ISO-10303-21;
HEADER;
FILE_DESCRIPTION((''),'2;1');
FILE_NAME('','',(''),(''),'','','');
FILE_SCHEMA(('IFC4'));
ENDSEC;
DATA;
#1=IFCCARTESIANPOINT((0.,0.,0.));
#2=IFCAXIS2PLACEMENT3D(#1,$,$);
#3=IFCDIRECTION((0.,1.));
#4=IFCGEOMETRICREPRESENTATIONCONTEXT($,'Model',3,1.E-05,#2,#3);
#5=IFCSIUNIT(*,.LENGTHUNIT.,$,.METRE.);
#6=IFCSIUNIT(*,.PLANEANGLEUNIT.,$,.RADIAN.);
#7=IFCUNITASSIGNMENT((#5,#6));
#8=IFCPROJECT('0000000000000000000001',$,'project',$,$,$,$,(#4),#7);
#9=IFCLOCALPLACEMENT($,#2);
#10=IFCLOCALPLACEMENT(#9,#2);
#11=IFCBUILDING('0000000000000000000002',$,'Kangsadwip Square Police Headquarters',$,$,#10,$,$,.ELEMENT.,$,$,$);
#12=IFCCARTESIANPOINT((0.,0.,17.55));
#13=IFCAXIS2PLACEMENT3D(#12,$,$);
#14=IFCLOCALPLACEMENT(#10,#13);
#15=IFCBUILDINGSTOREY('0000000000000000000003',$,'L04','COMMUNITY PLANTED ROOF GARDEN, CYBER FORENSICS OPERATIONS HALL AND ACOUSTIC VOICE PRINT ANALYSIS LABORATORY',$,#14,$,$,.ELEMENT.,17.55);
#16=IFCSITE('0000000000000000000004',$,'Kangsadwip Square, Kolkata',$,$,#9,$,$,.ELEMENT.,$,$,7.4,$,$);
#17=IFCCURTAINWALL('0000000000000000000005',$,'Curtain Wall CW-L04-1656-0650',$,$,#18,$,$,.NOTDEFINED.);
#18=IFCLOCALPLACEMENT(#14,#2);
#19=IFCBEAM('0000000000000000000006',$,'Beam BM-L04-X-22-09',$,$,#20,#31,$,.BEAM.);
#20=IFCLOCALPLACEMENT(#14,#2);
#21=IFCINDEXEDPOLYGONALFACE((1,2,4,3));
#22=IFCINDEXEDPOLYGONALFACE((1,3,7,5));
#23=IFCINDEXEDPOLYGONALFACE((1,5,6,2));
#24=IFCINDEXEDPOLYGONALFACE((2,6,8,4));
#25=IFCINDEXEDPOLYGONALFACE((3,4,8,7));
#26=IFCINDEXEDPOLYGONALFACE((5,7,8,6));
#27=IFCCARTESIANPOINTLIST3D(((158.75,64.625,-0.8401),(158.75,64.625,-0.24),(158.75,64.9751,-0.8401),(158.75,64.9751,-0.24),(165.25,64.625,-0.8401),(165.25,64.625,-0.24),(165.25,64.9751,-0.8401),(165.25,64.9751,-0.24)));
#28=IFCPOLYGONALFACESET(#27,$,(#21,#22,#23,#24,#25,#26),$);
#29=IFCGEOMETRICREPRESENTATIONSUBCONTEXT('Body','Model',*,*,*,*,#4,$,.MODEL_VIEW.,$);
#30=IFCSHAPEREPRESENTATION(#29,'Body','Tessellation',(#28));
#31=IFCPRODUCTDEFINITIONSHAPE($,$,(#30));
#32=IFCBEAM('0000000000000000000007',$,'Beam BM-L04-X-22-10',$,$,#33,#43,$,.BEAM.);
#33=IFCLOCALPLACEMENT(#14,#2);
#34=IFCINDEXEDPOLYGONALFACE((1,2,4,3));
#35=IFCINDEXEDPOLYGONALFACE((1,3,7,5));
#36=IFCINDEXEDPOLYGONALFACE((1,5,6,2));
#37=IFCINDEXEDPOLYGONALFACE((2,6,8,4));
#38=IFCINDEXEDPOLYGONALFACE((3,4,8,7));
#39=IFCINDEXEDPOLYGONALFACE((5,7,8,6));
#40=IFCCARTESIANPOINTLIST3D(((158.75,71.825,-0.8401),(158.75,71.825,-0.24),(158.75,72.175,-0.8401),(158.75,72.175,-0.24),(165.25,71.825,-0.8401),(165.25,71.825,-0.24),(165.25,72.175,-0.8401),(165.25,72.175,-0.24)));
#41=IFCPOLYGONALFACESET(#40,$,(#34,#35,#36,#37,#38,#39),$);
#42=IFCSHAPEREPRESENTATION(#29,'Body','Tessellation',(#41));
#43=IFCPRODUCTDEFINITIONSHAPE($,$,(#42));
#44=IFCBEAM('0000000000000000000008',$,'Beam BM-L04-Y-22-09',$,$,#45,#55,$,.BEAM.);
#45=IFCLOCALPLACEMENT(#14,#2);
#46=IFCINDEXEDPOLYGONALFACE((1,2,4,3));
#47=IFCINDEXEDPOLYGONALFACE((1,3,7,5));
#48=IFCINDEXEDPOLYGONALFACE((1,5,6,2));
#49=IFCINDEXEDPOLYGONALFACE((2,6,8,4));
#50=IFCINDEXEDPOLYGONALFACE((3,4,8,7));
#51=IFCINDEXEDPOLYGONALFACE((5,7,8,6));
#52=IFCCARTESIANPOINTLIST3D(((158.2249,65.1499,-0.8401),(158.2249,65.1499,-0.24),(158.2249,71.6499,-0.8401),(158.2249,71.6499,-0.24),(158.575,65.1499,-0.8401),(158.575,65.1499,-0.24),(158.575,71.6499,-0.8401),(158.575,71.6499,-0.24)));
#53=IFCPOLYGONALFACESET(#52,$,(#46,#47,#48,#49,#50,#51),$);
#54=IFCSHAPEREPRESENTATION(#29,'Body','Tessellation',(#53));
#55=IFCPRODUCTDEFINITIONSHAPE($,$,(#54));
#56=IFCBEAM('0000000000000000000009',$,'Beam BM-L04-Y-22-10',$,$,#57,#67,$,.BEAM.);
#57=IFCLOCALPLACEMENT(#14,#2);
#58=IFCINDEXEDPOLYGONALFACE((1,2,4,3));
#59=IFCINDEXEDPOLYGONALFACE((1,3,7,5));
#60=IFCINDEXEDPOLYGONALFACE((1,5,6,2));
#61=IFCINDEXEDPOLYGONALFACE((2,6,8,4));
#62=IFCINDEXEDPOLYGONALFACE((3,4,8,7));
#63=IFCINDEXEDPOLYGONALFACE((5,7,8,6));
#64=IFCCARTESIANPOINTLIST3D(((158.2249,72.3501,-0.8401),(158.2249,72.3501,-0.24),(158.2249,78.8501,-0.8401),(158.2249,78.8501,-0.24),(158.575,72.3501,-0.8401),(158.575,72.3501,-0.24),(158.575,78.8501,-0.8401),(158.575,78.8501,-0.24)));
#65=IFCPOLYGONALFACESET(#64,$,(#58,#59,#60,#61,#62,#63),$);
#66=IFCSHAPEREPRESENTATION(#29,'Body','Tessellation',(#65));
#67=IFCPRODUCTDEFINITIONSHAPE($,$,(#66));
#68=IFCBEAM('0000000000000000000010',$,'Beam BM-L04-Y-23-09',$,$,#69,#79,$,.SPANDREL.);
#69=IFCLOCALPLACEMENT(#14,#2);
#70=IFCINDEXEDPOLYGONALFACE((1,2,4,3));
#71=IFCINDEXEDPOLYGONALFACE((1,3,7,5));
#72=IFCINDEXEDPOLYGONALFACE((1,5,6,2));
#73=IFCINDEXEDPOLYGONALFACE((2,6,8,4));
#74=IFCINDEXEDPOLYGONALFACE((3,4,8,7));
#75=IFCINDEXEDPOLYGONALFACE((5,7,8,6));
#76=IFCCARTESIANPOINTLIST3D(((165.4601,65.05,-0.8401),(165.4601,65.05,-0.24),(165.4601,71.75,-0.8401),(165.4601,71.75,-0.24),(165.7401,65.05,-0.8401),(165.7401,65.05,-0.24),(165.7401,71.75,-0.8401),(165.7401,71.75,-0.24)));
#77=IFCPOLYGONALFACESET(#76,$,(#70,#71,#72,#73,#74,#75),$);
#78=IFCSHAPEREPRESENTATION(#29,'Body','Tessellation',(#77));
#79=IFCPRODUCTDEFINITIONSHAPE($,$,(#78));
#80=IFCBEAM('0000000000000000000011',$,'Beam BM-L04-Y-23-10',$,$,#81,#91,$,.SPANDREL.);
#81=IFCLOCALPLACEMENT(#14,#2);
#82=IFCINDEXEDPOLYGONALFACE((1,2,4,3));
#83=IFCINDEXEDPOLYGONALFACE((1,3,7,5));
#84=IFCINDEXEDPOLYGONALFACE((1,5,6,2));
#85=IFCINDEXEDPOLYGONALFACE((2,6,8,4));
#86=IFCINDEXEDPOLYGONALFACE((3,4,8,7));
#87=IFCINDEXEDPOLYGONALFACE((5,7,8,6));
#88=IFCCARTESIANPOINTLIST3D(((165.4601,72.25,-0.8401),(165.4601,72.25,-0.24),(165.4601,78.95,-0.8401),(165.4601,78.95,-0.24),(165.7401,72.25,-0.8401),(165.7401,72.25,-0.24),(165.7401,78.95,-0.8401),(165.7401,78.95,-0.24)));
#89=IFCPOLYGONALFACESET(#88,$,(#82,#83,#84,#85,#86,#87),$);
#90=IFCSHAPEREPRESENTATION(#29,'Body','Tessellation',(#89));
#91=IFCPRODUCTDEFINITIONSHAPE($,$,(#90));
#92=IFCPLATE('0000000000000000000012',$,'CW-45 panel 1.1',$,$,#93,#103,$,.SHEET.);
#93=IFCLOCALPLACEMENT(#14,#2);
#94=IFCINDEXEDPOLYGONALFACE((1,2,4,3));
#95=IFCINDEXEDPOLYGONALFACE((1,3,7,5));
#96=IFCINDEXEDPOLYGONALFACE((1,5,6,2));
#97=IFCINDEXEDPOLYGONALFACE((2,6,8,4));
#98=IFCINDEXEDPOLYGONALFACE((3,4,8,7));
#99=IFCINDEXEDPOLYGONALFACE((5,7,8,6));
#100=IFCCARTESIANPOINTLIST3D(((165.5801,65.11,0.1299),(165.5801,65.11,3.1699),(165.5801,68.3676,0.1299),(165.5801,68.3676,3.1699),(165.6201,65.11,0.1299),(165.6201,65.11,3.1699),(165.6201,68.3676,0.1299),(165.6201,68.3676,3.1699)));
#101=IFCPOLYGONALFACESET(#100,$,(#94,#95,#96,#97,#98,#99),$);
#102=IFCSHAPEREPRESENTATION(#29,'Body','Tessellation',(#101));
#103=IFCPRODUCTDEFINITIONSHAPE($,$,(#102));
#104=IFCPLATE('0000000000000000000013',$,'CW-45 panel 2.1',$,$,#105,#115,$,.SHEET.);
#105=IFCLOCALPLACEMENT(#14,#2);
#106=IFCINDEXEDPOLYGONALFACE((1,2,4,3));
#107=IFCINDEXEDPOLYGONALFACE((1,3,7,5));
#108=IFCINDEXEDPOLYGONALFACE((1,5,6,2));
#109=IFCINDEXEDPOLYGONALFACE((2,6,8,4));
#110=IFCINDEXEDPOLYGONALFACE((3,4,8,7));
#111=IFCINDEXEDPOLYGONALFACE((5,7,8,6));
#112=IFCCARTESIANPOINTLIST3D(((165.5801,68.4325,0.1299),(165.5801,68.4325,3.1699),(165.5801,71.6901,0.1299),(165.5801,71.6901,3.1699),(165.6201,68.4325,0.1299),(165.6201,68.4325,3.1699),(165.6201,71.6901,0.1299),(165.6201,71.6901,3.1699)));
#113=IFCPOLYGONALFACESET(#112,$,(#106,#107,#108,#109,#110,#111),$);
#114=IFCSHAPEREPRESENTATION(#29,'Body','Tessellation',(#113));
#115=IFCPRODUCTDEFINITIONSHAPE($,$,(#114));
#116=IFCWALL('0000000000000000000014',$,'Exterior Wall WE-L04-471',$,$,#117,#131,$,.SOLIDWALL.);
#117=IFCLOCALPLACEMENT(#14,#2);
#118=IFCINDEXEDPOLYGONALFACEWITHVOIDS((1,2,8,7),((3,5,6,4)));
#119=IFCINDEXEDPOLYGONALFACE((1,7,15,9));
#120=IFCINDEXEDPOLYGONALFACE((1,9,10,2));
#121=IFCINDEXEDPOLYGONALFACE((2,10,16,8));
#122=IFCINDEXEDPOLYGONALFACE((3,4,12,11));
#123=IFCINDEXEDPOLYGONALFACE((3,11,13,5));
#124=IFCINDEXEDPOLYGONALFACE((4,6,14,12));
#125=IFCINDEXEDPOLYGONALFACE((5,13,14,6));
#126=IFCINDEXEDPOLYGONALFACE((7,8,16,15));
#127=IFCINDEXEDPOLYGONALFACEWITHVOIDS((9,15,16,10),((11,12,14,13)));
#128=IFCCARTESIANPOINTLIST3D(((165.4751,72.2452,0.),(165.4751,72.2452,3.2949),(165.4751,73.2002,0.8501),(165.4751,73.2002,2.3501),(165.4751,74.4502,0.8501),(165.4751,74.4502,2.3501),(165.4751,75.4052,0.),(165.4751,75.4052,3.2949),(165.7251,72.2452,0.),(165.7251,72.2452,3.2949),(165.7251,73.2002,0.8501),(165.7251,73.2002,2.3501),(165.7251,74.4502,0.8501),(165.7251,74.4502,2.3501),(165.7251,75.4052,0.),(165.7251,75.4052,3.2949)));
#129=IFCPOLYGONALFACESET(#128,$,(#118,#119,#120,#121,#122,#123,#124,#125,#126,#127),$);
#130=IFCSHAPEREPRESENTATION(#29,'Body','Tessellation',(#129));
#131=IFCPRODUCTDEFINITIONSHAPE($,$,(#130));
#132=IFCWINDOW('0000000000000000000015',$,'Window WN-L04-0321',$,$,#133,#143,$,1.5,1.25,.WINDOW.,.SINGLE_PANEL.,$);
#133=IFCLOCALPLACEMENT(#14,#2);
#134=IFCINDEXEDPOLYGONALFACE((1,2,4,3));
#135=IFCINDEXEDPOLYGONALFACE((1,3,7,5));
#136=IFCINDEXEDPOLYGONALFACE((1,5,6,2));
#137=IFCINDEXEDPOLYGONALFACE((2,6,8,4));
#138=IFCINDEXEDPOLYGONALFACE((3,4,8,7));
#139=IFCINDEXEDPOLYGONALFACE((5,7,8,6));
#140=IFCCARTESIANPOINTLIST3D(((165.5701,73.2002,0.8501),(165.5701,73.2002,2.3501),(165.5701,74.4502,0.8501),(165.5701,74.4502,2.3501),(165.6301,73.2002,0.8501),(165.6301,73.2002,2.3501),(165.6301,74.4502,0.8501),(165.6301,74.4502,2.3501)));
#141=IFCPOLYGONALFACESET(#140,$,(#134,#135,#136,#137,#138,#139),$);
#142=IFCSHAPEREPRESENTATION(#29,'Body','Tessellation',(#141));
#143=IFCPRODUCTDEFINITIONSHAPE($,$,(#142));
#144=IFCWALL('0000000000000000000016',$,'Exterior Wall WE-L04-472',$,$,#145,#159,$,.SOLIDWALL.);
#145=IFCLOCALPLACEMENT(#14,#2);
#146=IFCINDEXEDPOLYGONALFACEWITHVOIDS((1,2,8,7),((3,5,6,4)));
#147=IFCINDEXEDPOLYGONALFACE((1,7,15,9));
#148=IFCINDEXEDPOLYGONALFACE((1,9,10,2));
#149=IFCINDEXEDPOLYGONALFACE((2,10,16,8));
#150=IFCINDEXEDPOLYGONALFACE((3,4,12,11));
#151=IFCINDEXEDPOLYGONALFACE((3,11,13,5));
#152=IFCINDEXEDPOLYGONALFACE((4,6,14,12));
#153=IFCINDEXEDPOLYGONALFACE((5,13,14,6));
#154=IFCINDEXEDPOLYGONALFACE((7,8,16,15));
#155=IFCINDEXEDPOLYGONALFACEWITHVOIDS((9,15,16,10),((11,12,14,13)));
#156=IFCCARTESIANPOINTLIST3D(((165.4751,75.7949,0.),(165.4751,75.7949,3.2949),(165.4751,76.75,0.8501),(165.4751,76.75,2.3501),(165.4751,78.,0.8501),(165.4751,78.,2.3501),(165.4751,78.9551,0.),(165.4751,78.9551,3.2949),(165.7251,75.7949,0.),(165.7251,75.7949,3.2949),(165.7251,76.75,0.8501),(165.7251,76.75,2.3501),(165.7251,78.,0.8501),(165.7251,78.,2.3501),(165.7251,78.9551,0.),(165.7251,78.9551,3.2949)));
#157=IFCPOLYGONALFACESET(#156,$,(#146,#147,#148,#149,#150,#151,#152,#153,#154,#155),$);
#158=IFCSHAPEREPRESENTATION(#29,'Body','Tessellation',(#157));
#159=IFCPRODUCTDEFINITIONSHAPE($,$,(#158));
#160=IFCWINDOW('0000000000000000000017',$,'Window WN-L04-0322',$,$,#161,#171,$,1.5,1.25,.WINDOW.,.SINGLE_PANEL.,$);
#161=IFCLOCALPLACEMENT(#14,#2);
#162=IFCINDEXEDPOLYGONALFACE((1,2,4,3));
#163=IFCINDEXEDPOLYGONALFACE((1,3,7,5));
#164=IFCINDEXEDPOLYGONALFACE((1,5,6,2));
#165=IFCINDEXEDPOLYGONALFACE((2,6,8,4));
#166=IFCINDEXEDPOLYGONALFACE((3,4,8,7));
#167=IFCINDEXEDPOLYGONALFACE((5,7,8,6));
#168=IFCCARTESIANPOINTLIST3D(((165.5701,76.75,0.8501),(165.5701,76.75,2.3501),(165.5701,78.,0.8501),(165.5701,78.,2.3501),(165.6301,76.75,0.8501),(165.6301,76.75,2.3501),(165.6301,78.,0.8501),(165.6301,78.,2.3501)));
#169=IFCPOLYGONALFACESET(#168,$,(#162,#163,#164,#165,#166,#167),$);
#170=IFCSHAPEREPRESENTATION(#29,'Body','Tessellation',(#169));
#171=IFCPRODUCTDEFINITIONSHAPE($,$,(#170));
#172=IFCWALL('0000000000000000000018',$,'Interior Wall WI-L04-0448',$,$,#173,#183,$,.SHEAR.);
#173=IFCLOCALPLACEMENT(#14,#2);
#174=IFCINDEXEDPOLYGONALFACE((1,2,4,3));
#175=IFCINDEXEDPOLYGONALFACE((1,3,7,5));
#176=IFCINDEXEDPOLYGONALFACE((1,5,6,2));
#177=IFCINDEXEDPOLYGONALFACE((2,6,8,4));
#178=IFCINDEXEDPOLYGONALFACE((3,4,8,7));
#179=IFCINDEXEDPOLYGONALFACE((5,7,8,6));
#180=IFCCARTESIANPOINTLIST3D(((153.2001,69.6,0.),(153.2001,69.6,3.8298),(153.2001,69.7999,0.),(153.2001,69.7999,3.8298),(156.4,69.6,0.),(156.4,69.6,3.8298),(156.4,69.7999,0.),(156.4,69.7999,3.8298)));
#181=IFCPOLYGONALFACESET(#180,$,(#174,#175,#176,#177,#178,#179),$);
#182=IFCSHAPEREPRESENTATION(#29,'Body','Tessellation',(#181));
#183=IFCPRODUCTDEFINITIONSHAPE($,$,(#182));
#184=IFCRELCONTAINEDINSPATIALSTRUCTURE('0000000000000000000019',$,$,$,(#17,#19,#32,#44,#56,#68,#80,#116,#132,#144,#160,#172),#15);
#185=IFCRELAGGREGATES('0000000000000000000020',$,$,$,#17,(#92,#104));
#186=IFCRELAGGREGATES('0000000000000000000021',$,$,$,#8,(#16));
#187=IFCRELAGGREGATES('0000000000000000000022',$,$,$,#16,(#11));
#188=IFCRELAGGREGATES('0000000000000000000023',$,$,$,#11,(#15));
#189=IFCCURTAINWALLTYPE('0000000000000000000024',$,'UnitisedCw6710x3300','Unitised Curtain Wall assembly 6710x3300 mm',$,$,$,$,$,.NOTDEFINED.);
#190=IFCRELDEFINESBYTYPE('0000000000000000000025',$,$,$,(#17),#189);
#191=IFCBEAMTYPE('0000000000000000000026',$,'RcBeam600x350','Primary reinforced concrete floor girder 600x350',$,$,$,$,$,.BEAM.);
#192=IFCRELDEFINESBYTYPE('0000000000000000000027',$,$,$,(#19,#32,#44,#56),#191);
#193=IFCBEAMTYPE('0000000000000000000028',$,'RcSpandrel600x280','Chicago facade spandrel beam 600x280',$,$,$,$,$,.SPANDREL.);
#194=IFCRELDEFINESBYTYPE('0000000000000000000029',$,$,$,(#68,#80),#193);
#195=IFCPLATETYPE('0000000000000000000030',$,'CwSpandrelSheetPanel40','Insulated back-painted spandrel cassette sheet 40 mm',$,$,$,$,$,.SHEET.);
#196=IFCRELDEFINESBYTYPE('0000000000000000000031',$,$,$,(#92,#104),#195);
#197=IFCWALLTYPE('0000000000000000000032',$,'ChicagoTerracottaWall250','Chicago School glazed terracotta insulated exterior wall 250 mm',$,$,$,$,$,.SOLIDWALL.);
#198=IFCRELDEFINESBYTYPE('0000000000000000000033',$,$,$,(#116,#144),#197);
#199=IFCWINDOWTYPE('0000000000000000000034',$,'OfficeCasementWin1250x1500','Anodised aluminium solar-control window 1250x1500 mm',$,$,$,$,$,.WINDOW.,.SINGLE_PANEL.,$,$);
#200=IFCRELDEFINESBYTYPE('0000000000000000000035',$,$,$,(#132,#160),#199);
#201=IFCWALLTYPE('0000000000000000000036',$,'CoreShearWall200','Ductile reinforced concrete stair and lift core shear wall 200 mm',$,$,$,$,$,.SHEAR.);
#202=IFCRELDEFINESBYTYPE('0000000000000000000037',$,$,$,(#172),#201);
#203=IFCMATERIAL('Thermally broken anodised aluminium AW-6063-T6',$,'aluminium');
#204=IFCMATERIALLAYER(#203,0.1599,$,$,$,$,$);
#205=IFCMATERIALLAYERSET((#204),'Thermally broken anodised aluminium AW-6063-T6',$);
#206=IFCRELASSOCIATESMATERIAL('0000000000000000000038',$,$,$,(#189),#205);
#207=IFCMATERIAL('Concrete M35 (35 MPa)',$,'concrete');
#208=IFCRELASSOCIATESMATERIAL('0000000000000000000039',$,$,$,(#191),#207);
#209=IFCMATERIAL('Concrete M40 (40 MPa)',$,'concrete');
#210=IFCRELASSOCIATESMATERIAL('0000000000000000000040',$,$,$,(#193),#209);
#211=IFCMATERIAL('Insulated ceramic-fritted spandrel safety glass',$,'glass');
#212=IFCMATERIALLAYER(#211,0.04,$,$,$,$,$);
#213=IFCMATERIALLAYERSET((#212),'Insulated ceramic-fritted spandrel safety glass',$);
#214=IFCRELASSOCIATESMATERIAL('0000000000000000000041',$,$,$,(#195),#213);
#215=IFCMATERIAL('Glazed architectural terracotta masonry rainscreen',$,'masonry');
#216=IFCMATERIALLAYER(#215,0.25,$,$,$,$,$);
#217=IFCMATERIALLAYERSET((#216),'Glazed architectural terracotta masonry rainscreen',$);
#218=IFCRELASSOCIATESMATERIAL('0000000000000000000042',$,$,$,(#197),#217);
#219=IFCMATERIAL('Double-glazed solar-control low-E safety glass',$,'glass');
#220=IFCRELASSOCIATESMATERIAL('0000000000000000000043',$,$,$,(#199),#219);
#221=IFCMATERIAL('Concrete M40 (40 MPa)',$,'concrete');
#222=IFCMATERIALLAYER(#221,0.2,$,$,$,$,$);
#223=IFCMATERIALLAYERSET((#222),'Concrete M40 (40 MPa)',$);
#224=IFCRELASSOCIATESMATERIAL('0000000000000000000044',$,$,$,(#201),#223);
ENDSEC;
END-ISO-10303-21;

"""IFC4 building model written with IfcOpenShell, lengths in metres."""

from ifc_helpers import new_model, si_unit, direction, frame, frame_2d, origin, origin_2d, place, context, subcontext, project, spatial, rectangle, extrude, material, layer, layer_set, material_profile, profile_set, type_object, element, fill, aggregate, save


model = new_model("IFC4")

# Units and contexts
model_context = context("Model", 3, precision=1e-05, world=origin(), true_north=direction((0.0, 1.0)))
body_context = subcontext(model_context, "Body", "Model", "MODEL_VIEW")
ifc_project = project(units=[si_unit("LENGTHUNIT", "METRE"), si_unit("PLANEANGLEUNIT", "RADIAN")], contexts=[model_context])

# Site, building, storey
site_placement = place(None, origin())
site = spatial("IfcSite", under=ifc_project, at=site_placement, Name="Kangsadwip Square, Kolkata", CompositionType="ELEMENT", RefElevation=7.4)
building_placement = place(site_placement, origin())
building = spatial("IfcBuilding", under=site, at=building_placement, Name="Kangsadwip Square Police Headquarters", CompositionType="ELEMENT")
storey_placement = place(building_placement, frame((0.0, 0.0, 17.55)))
storey = spatial("IfcBuildingStorey", under=building, at=storey_placement, Name="L04", Description="COMMUNITY PLANTED ROOF GARDEN, CYBER FORENSICS OPERATIONS HALL AND ACOUSTIC VOICE PRINT ANALYSIS LABORATORY", CompositionType="ELEMENT", Elevation=17.55)

# Curtain wall
ifc_material_1 = material(Name="Thermally broken anodised aluminium AW-6063-T6", Category="aluminium")
ifc_layer_1 = layer(ifc_material_1, 0.1599)
ifc_layer_set_1 = layer_set([ifc_layer_1], Name="Thermally broken anodised aluminium AW-6063-T6")
curtain_wall_type = type_object("IfcCurtainWallType", Name="UnitisedCw6710x3300", Description="Unitised Curtain Wall assembly 6710x3300 mm", PredefinedType="NOTDEFINED", material=ifc_layer_set_1)
curtain_wall_placement = place(storey_placement, origin())
curtain_wall = element("IfcCurtainWall", 1, at=curtain_wall_placement, inside=storey, type_object=curtain_wall_type, Name="Curtain Wall CW-L04-1656-0650", PredefinedType="NOTDEFINED")

# Beams
ifc_material_2 = material(Name="Concrete M35 (35 MPa)", Category="concrete")
ifc_material_profile_1 = material_profile(ifc_material_2, rectangle(XDim=0.3501, YDim=0.6001, at=origin_2d()), Name="RC BM 600X350")
ifc_profile_set_1 = profile_set([ifc_material_profile_1], Name="Concrete M35 (35 MPa)")
beam_type_1 = type_object("IfcBeamType", Name="RcBeam600x350", Description="Primary reinforced concrete floor girder 600x350", PredefinedType="BEAM", material=ifc_profile_set_1)
for number, where, z_axis, x_axis, name in (
    (2, (158.75, 64.8, -0.54), (1.0, 0.0, 0.0), (0.0, 1.0, 0.0), "Beam BM-L04-X-22-09"),
    (3, (158.75, 72.0, -0.54), (1.0, 0.0, 0.0), (0.0, 1.0, 0.0), "Beam BM-L04-X-22-10"),
    (4, (158.3999, 65.1499, -0.54), (0.0, 1.0, 0.0), (-1.0, 0.0, 0.0), "Beam BM-L04-Y-22-09"),
    (5, (158.3999, 72.3501, -0.54), (0.0, 1.0, 0.0), (-1.0, 0.0, 0.0), "Beam BM-L04-Y-22-10"),
):
    element("IfcBeam", number, at=place(storey_placement, frame(where, z_axis=z_axis, x_axis=x_axis)), inside=storey, type_object=beam_type_1, Name=name, PredefinedType="BEAM", context=body_context, shape_type="SweptSolid", body=[
        extrude(rectangle(XDim=0.3501, YDim=0.6001, at=origin_2d()), origin(), (0.0, 0.0, 1.0), 6.5),
    ])
ifc_material_3 = material(Name="Concrete M40 (40 MPa)", Category="concrete")
ifc_material_profile_2 = material_profile(ifc_material_3, rectangle(XDim=0.28, YDim=0.6001, at=origin_2d()), Name="RC SPN 600X280")
ifc_profile_set_2 = profile_set([ifc_material_profile_2], Name="Concrete M40 (40 MPa)")
beam_type_2 = type_object("IfcBeamType", Name="RcSpandrel600x280", Description="Chicago facade spandrel beam 600x280", PredefinedType="SPANDREL", material=ifc_profile_set_2)
for number, where, z_axis, x_axis, name in (
    (6, (165.6001, 65.05, -0.54), (0.0, 1.0, 0.0), (-1.0, 0.0, 0.0), "Beam BM-L04-Y-23-09"),
    (7, (165.6001, 72.25, -0.54), (0.0, 1.0, 0.0), (-1.0, 0.0, 0.0), "Beam BM-L04-Y-23-10"),
):
    element("IfcBeam", number, at=place(storey_placement, frame(where, z_axis=z_axis, x_axis=x_axis)), inside=storey, type_object=beam_type_2, Name=name, PredefinedType="SPANDREL", context=body_context, shape_type="SweptSolid", body=[
        extrude(rectangle(XDim=0.28, YDim=0.6001, at=origin_2d()), origin(), (0.0, 0.0, 1.0), 6.7),
    ])

# Plates
ifc_material_4 = material(Name="Insulated ceramic-fritted spandrel safety glass", Category="glass")
ifc_layer_2 = layer(ifc_material_4, 0.04)
ifc_layer_set_2 = layer_set([ifc_layer_2], Name="Insulated ceramic-fritted spandrel safety glass")
plate_type = type_object("IfcPlateType", Name="CwSpandrelSheetPanel40", Description="Insulated back-painted spandrel cassette sheet 40 mm", PredefinedType="SHEET", material=ifc_layer_set_2)
plate_1_placement = place(storey_placement, frame((165.6001, 66.7388, 0.1299), z_axis=(0.0, 0.0, 1.0), x_axis=(0.0, 1.0, 0.0)))
plate_1 = element("IfcPlate", 8, at=plate_1_placement, type_object=plate_type, Name="CW-45 panel 1.1", PredefinedType="SHEET", context=body_context, shape_type="SweptSolid", body=[
    extrude(rectangle(XDim=3.2576, YDim=0.04, at=origin_2d()), origin(), (0.0, 0.0, 1.0), 3.04),
])
plate_2_placement = place(storey_placement, frame((165.6001, 70.0613, 0.1299), z_axis=(0.0, 0.0, 1.0), x_axis=(0.0, 1.0, 0.0)))
plate_2 = element("IfcPlate", 9, at=plate_2_placement, type_object=plate_type, Name="CW-45 panel 2.1", PredefinedType="SHEET", context=body_context, shape_type="SweptSolid", body=[
    extrude(rectangle(XDim=3.2576, YDim=0.04, at=origin_2d()), origin(), (0.0, 0.0, 1.0), 3.04),
])
aggregate(curtain_wall, [plate_1, plate_2])

# Walls, openings, windows
ifc_material_5 = material(Name="Glazed architectural terracotta masonry rainscreen", Category="masonry")
ifc_layer_3 = layer(ifc_material_5, 0.25)
ifc_layer_set_3 = layer_set([ifc_layer_3], Name="Glazed architectural terracotta masonry rainscreen")
wall_type_1 = type_object("IfcWallType", Name="ChicagoTerracottaWall250", Description="Chicago School glazed terracotta insulated exterior wall 250 mm", PredefinedType="SOLIDWALL", material=ifc_layer_set_3)
wall_1_placement = place(storey_placement, frame((165.6001, 72.2451, 0.0), z_axis=(0.0, 0.0, 1.0), x_axis=(0.0, 1.0, 0.0)))
wall_1 = element("IfcWall", 10, at=wall_1_placement, inside=storey, type_object=wall_type_1, Name="Exterior Wall WE-L04-471", PredefinedType="SOLIDWALL", context=body_context, shape_type="SweptSolid", body=[
    extrude(rectangle(XDim=3.1599, YDim=0.25, at=frame_2d((1.5801, 0.0))), origin(), (0.0, 0.0, 1.0), 3.2949),
])
opening_1_placement = place(wall_1_placement, frame((0.9551, 0.0, 0.8501)))
opening_1 = element("IfcOpeningElement", 11, at=opening_1_placement, cuts=wall_1, PredefinedType="OPENING", context=body_context, shape_type="SweptSolid", body=[
    extrude(rectangle(XDim=1.25, YDim=1.5, at=frame_2d((0.625, 0.75))), frame((0.0, 0.135, 0.0), z_axis=(0.0, -1.0, 0.0), x_axis=(1.0, 0.0, 0.0)), (0.0, 0.0, 1.0), 0.27),
])
ifc_material_6 = material(Name="Double-glazed solar-control low-E safety glass", Category="glass")
window_type = type_object("IfcWindowType", Name="OfficeCasementWin1250x1500", Description="Anodised aluminium solar-control window 1250x1500 mm", PartitioningType="SINGLE_PANEL", PredefinedType="WINDOW", material=ifc_material_6)
window_1_placement = place(opening_1_placement, origin())
window_1 = element("IfcWindow", 12, at=window_1_placement, inside=storey, type_object=window_type, Name="Window WN-L04-0321", OverallHeight=1.5, OverallWidth=1.25, PartitioningType="SINGLE_PANEL", PredefinedType="WINDOW", context=body_context, shape_type="SweptSolid", body=[
    extrude(rectangle(XDim=1.25, YDim=1.5, at=frame_2d((0.625, 0.75))), frame((0.0, 0.03, 0.0), z_axis=(0.0, -1.0, 0.0), x_axis=(1.0, 0.0, 0.0)), (0.0, 0.0, 1.0), 0.0601),
])
fill(opening_1, window_1)
wall_2_placement = place(storey_placement, frame((165.6001, 75.7949, 0.0), z_axis=(0.0, 0.0, 1.0), x_axis=(0.0, 1.0, 0.0)))
wall_2 = element("IfcWall", 13, at=wall_2_placement, inside=storey, type_object=wall_type_1, Name="Exterior Wall WE-L04-472", PredefinedType="SOLIDWALL", context=body_context, shape_type="SweptSolid", body=[
    extrude(rectangle(XDim=3.1602, YDim=0.25, at=frame_2d((1.5801, 0.0))), origin(), (0.0, 0.0, 1.0), 3.2949),
])
opening_2_placement = place(wall_2_placement, frame((0.9551, 0.0, 0.8501)))
opening_2 = element("IfcOpeningElement", 14, at=opening_2_placement, cuts=wall_2, PredefinedType="OPENING", context=body_context, shape_type="SweptSolid", body=[
    extrude(rectangle(XDim=1.25, YDim=1.5, at=frame_2d((0.625, 0.75))), frame((0.0, 0.135, 0.0), z_axis=(0.0, -1.0, 0.0), x_axis=(1.0, 0.0, 0.0)), (0.0, 0.0, 1.0), 0.27),
])
window_2_placement = place(opening_2_placement, origin())
window_2 = element("IfcWindow", 15, at=window_2_placement, inside=storey, type_object=window_type, Name="Window WN-L04-0322", OverallHeight=1.5, OverallWidth=1.25, PartitioningType="SINGLE_PANEL", PredefinedType="WINDOW", context=body_context, shape_type="SweptSolid", body=[
    extrude(rectangle(XDim=1.25, YDim=1.5, at=frame_2d((0.625, 0.75))), frame((0.0, 0.03, 0.0), z_axis=(0.0, -1.0, 0.0), x_axis=(1.0, 0.0, 0.0)), (0.0, 0.0, 1.0), 0.0601),
])
fill(opening_2, window_2)

# Wall
ifc_material_7 = material(Name="Concrete M40 (40 MPa)", Category="concrete")
ifc_layer_4 = layer(ifc_material_7, 0.2)
ifc_layer_set_4 = layer_set([ifc_layer_4], Name="Concrete M40 (40 MPa)")
wall_type_2 = type_object("IfcWallType", Name="CoreShearWall200", Description="Ductile reinforced concrete stair and lift core shear wall 200 mm", PredefinedType="SHEAR", material=ifc_layer_set_4)
wall_3_placement = place(storey_placement, frame((153.2, 69.7, 0.0), z_axis=(0.0, 0.0, 1.0), x_axis=(1.0, 0.0, 0.0)))
element("IfcWall", 16, at=wall_3_placement, inside=storey, type_object=wall_type_2, Name="Interior Wall WI-L04-0448", PredefinedType="SHEAR", context=body_context, shape_type="SweptSolid", body=[
    extrude(rectangle(XDim=3.2, YDim=0.2, at=frame_2d((1.6001, 0.0))), origin(), (0.0, 0.0, 1.0), 3.8298),
])

save(model, "model.ifc")
